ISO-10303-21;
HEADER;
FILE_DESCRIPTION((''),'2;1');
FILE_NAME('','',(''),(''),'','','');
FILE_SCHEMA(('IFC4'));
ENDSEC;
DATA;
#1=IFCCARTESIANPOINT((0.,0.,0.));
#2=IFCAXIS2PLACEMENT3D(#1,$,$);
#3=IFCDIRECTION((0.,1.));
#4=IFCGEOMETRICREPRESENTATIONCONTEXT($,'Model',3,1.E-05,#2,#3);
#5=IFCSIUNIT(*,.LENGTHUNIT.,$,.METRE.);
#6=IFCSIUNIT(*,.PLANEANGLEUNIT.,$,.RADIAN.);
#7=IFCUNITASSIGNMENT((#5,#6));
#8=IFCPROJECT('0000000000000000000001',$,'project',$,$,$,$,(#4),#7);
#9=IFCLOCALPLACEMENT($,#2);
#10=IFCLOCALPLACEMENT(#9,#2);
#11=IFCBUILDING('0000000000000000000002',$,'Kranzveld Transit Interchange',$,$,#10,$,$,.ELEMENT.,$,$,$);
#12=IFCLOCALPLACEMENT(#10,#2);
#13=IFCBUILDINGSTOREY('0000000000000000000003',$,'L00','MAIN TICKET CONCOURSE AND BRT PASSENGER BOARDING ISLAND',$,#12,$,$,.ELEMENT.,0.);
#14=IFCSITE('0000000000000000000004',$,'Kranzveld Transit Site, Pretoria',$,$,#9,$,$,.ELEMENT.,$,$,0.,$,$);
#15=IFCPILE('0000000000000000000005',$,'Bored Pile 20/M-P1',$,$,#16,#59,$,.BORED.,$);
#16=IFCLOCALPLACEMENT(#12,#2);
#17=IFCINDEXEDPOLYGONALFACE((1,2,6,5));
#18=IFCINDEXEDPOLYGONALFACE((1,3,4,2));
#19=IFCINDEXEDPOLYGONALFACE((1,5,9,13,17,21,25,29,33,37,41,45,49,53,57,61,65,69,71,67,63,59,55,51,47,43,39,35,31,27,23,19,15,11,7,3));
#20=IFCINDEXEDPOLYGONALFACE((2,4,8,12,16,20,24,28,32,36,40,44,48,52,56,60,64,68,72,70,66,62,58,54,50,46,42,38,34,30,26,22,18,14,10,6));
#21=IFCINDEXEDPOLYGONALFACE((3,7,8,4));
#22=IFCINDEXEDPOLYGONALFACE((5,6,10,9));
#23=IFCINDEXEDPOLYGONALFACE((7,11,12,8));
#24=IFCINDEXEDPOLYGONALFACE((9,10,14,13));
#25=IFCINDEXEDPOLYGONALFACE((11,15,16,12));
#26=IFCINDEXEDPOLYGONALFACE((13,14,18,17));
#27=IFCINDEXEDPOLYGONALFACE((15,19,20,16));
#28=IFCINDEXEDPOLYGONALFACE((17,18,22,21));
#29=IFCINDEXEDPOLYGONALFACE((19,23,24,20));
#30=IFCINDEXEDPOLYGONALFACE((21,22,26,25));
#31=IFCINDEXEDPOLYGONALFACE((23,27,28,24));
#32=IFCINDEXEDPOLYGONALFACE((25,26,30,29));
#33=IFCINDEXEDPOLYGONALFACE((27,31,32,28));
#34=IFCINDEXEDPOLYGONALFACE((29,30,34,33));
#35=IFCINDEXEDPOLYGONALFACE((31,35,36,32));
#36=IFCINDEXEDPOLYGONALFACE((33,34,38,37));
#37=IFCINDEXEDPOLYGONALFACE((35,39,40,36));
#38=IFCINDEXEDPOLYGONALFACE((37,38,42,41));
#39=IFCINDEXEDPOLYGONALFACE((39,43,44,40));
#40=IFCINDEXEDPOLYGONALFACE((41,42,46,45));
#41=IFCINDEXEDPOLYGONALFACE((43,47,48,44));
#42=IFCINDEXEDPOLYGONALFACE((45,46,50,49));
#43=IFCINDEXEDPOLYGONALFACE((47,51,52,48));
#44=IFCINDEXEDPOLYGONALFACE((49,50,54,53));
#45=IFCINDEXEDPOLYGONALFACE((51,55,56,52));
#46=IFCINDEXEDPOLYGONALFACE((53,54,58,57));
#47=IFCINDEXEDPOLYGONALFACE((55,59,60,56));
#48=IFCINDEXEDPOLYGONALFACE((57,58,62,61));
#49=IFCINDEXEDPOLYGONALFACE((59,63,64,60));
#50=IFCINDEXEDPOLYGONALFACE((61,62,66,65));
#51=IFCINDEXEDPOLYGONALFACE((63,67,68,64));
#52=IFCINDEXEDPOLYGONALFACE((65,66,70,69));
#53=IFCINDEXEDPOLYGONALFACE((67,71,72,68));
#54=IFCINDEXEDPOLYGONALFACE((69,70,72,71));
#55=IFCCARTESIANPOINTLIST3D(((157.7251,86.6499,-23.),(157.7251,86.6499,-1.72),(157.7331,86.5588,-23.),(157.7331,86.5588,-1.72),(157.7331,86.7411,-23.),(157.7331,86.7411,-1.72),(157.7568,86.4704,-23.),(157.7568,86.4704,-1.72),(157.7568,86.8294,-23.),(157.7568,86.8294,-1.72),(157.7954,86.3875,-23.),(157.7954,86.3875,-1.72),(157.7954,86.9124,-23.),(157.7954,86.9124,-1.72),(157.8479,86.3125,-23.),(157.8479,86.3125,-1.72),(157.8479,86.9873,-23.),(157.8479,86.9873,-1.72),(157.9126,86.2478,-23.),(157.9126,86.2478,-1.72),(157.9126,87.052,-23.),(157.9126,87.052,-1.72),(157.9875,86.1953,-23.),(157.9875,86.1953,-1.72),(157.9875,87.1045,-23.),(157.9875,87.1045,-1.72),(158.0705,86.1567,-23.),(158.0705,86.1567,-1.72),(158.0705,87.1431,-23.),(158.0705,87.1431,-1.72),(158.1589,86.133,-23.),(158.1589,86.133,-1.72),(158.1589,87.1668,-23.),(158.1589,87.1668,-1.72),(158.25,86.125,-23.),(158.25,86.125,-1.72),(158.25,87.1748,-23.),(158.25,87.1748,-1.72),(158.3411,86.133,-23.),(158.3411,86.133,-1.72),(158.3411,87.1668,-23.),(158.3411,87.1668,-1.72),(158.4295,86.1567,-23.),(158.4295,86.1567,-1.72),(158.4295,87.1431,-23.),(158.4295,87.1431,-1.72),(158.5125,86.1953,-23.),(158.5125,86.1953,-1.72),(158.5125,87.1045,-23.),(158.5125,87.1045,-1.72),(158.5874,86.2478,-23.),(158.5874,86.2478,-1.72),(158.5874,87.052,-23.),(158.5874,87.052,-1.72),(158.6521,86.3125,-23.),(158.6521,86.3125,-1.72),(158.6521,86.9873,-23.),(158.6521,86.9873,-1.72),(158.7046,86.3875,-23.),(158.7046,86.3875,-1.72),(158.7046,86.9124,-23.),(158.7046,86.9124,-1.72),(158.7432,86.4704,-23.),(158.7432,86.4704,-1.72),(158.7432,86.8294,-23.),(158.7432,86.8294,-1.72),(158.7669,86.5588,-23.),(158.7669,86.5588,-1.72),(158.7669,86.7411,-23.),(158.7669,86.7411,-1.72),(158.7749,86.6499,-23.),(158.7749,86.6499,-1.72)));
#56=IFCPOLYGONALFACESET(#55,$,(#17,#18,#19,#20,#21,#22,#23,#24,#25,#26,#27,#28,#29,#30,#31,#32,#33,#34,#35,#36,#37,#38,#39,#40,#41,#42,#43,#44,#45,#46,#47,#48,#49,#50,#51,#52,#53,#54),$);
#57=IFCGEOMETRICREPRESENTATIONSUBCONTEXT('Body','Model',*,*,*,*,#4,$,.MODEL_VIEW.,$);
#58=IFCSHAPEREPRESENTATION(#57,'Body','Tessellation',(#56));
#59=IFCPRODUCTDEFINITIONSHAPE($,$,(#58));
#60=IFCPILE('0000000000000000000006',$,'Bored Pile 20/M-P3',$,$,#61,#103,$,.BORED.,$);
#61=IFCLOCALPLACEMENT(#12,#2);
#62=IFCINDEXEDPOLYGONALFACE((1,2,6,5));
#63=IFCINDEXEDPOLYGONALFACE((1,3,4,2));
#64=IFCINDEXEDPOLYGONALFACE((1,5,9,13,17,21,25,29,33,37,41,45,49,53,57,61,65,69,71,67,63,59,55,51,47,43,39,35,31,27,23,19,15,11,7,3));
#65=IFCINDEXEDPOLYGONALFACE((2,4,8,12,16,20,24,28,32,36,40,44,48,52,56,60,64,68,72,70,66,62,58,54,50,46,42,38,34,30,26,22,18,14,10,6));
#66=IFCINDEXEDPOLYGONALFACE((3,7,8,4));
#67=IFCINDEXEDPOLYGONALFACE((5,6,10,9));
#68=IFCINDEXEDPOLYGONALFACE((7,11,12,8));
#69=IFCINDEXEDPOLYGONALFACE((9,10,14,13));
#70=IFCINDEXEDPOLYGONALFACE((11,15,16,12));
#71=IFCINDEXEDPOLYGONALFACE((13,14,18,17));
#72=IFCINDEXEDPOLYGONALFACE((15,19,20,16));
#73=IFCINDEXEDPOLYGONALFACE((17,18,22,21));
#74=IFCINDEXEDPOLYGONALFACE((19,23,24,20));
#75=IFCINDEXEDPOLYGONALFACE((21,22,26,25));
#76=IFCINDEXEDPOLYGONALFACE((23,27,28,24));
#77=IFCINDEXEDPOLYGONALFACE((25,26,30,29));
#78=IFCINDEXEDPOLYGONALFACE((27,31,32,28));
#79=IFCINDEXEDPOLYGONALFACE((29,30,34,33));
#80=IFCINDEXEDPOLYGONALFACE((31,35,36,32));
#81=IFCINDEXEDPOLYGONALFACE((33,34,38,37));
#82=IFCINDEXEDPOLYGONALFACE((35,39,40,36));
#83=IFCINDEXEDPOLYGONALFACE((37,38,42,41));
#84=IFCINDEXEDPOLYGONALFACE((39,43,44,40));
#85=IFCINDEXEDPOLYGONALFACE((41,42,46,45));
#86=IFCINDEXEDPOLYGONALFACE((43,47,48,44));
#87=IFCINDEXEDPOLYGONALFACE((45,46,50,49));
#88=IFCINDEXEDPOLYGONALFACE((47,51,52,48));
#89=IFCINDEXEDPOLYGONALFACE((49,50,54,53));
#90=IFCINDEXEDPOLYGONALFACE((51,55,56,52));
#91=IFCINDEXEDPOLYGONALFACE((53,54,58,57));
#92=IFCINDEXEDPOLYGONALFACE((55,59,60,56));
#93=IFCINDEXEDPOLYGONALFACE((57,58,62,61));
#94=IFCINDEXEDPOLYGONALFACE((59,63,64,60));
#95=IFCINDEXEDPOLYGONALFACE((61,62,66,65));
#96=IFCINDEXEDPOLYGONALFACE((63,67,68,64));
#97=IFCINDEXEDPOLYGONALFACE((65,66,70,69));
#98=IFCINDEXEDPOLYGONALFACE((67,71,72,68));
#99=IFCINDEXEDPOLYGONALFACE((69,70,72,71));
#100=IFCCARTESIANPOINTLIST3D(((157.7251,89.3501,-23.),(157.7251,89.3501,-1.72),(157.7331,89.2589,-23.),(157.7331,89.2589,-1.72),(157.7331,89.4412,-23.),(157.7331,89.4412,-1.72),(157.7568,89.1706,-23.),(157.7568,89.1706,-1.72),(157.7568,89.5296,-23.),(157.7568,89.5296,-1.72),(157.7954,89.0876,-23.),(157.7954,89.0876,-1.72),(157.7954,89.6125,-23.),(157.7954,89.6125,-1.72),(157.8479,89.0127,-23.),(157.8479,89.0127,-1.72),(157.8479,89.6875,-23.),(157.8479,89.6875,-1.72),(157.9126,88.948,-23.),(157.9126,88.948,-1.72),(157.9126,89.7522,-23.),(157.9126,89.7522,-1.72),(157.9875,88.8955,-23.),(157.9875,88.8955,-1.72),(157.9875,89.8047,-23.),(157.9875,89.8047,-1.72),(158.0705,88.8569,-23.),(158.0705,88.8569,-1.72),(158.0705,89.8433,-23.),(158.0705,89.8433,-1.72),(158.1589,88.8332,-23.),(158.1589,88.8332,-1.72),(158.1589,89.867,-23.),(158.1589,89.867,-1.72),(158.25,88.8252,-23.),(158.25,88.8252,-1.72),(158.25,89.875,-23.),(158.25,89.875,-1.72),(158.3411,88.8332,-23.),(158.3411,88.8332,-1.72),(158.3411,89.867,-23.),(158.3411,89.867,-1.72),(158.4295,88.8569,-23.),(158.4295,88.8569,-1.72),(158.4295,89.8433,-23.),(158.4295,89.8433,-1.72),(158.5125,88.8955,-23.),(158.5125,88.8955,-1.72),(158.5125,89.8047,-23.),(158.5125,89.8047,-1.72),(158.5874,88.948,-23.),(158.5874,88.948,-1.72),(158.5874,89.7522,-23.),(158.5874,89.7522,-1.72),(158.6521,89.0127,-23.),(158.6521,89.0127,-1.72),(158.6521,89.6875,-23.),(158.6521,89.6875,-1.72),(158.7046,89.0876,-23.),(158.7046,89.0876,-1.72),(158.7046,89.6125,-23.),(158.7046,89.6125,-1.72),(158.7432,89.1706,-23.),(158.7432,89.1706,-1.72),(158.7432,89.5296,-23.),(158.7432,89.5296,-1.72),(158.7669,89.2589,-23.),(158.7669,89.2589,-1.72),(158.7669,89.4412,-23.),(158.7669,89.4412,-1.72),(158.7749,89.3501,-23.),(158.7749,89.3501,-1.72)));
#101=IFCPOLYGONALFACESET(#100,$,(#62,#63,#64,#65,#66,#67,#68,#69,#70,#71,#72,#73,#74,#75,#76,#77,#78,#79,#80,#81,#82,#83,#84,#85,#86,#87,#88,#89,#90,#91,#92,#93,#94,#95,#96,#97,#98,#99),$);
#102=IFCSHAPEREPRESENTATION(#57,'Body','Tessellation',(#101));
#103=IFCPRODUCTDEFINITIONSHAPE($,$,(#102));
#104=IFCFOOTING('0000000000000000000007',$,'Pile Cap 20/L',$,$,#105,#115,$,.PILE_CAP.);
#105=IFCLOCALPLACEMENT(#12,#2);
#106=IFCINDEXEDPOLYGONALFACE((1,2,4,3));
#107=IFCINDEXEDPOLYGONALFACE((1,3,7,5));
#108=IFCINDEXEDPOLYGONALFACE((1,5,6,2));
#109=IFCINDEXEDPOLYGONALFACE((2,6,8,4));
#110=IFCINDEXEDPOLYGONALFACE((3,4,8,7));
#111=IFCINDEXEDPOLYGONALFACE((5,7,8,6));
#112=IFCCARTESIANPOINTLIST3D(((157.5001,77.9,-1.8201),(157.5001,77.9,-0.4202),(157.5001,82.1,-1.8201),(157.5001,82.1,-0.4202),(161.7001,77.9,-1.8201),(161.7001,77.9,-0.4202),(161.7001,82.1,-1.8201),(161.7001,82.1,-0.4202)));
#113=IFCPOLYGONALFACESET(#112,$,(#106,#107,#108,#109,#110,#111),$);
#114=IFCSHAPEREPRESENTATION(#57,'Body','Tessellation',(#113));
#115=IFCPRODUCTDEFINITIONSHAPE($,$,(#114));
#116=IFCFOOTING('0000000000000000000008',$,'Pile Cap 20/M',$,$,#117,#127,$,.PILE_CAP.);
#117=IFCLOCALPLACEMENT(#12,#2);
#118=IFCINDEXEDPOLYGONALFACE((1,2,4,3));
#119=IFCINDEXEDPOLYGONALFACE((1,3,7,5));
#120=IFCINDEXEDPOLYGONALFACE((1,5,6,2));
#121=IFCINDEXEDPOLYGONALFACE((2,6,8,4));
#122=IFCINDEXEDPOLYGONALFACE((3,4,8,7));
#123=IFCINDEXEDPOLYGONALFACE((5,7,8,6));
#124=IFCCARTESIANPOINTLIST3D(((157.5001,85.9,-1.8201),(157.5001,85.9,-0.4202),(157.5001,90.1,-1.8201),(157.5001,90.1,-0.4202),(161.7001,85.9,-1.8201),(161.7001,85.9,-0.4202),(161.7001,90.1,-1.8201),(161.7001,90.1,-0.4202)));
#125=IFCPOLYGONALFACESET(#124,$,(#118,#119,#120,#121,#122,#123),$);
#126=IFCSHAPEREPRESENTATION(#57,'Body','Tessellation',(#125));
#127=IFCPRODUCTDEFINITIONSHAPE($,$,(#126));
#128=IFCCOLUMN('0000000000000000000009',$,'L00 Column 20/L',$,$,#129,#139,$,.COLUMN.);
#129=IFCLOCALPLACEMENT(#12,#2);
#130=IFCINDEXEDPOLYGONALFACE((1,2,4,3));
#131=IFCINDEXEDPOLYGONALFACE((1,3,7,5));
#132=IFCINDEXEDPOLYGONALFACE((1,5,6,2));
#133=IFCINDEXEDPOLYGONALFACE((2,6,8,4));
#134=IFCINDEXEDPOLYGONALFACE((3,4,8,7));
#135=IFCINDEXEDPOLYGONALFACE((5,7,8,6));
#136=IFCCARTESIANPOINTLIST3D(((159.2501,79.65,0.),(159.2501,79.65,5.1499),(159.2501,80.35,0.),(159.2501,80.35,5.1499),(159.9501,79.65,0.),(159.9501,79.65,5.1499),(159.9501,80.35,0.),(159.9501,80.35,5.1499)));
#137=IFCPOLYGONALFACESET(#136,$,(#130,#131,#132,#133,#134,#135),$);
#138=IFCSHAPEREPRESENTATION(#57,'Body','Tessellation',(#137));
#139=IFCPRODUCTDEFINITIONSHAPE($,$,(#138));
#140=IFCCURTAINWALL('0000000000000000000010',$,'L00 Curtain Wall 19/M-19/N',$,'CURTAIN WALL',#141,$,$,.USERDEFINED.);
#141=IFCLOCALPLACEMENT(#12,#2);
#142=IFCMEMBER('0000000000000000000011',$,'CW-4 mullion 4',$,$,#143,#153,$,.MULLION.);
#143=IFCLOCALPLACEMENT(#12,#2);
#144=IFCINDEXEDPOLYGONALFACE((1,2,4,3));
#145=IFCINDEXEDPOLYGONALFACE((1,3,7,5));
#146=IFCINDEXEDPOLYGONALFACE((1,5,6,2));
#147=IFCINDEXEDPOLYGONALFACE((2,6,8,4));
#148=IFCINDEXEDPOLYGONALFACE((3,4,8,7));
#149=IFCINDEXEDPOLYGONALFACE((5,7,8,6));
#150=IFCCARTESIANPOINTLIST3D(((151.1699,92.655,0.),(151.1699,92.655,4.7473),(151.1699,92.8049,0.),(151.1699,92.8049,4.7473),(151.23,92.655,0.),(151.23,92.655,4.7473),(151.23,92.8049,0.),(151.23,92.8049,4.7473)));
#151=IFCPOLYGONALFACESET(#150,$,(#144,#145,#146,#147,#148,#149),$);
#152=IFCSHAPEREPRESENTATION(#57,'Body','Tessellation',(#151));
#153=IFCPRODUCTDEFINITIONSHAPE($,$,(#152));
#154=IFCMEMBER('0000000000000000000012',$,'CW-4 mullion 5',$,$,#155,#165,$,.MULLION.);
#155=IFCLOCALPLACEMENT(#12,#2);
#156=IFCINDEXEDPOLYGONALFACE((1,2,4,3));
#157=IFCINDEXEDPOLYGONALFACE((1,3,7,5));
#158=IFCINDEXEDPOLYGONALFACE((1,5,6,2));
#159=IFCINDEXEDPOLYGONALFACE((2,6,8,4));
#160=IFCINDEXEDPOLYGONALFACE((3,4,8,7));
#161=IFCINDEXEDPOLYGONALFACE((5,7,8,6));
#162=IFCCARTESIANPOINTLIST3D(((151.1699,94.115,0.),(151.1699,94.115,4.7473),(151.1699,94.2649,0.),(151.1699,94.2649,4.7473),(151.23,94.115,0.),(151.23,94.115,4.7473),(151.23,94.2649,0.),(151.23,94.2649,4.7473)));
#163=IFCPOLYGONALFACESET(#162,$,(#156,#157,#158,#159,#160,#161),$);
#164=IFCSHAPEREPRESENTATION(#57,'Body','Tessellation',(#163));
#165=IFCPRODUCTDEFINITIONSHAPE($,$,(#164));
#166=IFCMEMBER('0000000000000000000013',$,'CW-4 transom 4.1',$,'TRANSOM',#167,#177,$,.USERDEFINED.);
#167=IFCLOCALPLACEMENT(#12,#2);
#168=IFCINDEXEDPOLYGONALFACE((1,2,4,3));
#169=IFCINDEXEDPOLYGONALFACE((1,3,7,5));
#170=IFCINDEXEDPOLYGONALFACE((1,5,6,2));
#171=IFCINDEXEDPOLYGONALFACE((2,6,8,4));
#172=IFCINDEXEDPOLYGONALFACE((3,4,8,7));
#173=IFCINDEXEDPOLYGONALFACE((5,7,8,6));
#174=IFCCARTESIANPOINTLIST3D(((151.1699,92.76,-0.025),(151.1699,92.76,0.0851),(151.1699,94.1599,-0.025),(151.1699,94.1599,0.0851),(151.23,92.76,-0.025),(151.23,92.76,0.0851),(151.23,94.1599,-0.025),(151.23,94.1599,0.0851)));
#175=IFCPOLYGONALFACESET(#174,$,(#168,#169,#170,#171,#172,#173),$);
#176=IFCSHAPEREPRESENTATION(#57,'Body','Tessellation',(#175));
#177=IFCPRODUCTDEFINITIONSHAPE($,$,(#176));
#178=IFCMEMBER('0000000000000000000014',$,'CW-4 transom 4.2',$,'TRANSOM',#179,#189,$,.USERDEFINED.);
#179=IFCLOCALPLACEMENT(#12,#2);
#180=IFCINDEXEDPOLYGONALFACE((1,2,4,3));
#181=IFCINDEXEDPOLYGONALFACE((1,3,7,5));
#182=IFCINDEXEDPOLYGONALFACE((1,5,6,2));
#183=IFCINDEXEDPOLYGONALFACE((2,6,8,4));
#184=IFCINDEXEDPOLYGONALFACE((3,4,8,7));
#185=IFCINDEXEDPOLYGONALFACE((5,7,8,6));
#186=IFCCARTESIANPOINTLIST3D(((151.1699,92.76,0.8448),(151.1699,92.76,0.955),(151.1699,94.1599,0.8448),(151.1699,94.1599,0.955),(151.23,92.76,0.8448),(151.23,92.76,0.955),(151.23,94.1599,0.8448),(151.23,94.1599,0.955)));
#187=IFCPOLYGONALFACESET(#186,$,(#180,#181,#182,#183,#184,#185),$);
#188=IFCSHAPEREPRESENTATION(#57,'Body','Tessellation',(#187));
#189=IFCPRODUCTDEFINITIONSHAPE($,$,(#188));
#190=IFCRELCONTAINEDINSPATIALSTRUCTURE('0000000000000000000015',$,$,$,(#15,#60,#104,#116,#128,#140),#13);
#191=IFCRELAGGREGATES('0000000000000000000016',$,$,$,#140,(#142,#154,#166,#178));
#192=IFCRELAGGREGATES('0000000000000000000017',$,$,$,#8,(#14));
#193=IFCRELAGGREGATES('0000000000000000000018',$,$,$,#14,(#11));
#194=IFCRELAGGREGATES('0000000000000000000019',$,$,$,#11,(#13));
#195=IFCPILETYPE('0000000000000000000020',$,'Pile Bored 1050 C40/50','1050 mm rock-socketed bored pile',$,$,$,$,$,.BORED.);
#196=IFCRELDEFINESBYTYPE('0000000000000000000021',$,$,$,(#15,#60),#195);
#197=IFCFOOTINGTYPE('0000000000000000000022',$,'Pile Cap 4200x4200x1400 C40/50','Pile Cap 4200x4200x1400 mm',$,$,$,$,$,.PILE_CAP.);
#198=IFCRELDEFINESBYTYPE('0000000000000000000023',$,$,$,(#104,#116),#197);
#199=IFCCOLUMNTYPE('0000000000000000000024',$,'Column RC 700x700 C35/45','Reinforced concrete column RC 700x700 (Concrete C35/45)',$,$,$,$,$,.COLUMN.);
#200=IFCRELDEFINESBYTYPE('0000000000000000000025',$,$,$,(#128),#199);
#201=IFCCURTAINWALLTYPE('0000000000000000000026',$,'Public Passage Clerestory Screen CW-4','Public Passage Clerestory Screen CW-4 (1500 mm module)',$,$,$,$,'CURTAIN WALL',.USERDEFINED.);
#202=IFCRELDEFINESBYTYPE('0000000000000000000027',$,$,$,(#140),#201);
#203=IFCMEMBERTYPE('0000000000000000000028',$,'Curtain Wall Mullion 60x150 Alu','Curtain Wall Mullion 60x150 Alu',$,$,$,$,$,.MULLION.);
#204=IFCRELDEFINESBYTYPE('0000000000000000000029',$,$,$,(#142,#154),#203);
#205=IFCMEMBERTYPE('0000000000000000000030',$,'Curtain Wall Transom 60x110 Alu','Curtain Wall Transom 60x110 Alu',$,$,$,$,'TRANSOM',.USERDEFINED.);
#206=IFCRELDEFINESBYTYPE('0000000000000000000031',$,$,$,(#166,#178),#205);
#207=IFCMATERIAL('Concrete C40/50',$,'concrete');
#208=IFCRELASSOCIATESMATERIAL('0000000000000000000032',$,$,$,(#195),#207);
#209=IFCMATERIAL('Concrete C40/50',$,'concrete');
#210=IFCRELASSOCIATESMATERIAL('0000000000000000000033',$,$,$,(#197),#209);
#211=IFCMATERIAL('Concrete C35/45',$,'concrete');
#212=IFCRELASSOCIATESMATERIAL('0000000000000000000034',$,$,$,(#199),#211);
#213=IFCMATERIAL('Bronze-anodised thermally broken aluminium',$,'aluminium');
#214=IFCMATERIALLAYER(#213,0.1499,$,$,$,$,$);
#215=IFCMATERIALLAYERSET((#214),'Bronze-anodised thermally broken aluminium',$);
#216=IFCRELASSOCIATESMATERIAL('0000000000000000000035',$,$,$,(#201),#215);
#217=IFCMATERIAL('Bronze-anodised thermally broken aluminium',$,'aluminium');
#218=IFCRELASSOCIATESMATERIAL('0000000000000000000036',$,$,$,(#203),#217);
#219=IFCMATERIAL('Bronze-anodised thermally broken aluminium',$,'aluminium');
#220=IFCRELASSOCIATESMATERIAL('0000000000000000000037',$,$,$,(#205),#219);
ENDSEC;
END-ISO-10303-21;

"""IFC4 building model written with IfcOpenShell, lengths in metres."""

from ifc_helpers import new_model, si_unit, direction, frame, origin, origin_2d, place, context, subcontext, project, spatial, rectangle, circle, extrude, material, layer, layer_set, material_profile, profile_set, type_object, element, aggregate, save


model = new_model("IFC4")

# Units and contexts
model_context = context("Model", 3, precision=1e-05, world=origin(), true_north=direction((0.0, 1.0)))
body_context = subcontext(model_context, "Body", "Model", "MODEL_VIEW")
ifc_project = project(units=[si_unit("LENGTHUNIT", "METRE"), si_unit("PLANEANGLEUNIT", "RADIAN")], contexts=[model_context])

# Site, building, storey
site_placement = place(None, origin())
site = spatial("IfcSite", under=ifc_project, at=site_placement, Name="Kranzveld Transit Site, Pretoria", CompositionType="ELEMENT", RefElevation=0.0)
building_placement = place(site_placement, origin())
building = spatial("IfcBuilding", under=site, at=building_placement, Name="Kranzveld Transit Interchange", CompositionType="ELEMENT")
storey_placement = place(building_placement, origin())
storey = spatial("IfcBuildingStorey", under=building, at=storey_placement, Name="L00", Description="MAIN TICKET CONCOURSE AND BRT PASSENGER BOARDING ISLAND", CompositionType="ELEMENT", Elevation=0.0)

# Piles
ifc_material_1 = material(Name="Concrete C40/50", Category="concrete")
ifc_material_profile_1 = material_profile(ifc_material_1, circle(Radius=0.5249, at=origin_2d()), Name="BORED PILE 1050")
ifc_profile_set_1 = profile_set([ifc_material_profile_1], Name="Concrete C40/50")
pile_type = type_object("IfcPileType", Name="Pile Bored 1050 C40/50", Description="1050 mm rock-socketed bored pile", PredefinedType="BORED", material=ifc_profile_set_1)
for number, where, z_axis, x_axis, name in (
    (1, (158.25, 86.6499, -1.72), (0.0, 0.0, -1.0), (1.0, 0.0, 0.0), "Bored Pile 20/M-P1"),
    (2, (158.25, 89.3501, -1.72), (0.0, 0.0, -1.0), (1.0, 0.0, 0.0), "Bored Pile 20/M-P3"),
):
    element("IfcPile", number, at=place(storey_placement, frame(where, z_axis=z_axis, x_axis=x_axis)), inside=storey, type_object=pile_type, Name=name, PredefinedType="BORED", context=body_context, shape_type="SweptSolid", body=[
        extrude(circle(Radius=0.5249, at=origin_2d()), origin(), (0.0, 0.0, 1.0), 21.28),
    ])

# Footings
ifc_material_2 = material(Name="Concrete C40/50", Category="concrete")
footing_type = type_object("IfcFootingType", Name="Pile Cap 4200x4200x1400 C40/50", Description="Pile Cap 4200x4200x1400 mm", PredefinedType="PILE_CAP", material=ifc_material_2)
for number, where, z_axis, x_axis, name in (
    (3, (159.6001, 80.0, -1.8201), (0.0, 0.0, 1.0), (1.0, 0.0, 0.0), "Pile Cap 20/L"),
    (4, (159.6001, 88.0, -1.8201), (0.0, 0.0, 1.0), (1.0, 0.0, 0.0), "Pile Cap 20/M"),
):
    element("IfcFooting", number, at=place(storey_placement, frame(where, z_axis=z_axis, x_axis=x_axis)), inside=storey, type_object=footing_type, Name=name, PredefinedType="PILE_CAP", context=body_context, shape_type="SweptSolid", body=[
        extrude(rectangle(XDim=4.2, YDim=4.2, at=origin_2d()), origin(), (0.0, 0.0, 1.0), 1.3999),
    ])

# Column
ifc_material_3 = material(Name="Concrete C35/45", Category="concrete")
ifc_material_profile_2 = material_profile(ifc_material_3, rectangle(XDim=0.7, YDim=0.7, at=origin_2d()), Name="RC 700x700")
ifc_profile_set_2 = profile_set([ifc_material_profile_2], Name="Concrete C35/45")
column_type = type_object("IfcColumnType", Name="Column RC 700x700 C35/45", Description="Reinforced concrete column RC 700x700 (Concrete C35/45)", PredefinedType="COLUMN", material=ifc_profile_set_2)
column_placement = place(storey_placement, frame((159.6001, 80.0, 0.0), z_axis=(0.0, 0.0, 1.0), x_axis=(1.0, 0.0, 0.0)))
element("IfcColumn", 5, at=column_placement, inside=storey, type_object=column_type, Name="L00 Column 20/L", PredefinedType="COLUMN", context=body_context, shape_type="SweptSolid", body=[
    extrude(rectangle(XDim=0.7, YDim=0.7, at=origin_2d()), origin(), (0.0, 0.0, 1.0), 5.1499),
])

# Curtain wall, members
ifc_material_4 = material(Name="Bronze-anodised thermally broken aluminium", Category="aluminium")
ifc_layer_1 = layer(ifc_material_4, 0.1499)
ifc_layer_set_1 = layer_set([ifc_layer_1], Name="Bronze-anodised thermally broken aluminium")
curtain_wall_type = type_object("IfcCurtainWallType", Name="Public Passage Clerestory Screen CW-4", Description="Public Passage Clerestory Screen CW-4 (1500 mm module)", ElementType="CURTAIN WALL", PredefinedType="USERDEFINED", material=ifc_layer_set_1)
curtain_wall_placement = place(storey_placement, origin())
curtain_wall = element("IfcCurtainWall", 6, at=curtain_wall_placement, inside=storey, type_object=curtain_wall_type, Name="L00 Curtain Wall 19/M-19/N", ObjectType="CURTAIN WALL", PredefinedType="USERDEFINED")
ifc_material_5 = material(Name="Bronze-anodised thermally broken aluminium", Category="aluminium")
ifc_material_profile_3 = material_profile(ifc_material_5, rectangle(XDim=0.0601, YDim=0.1499, at=origin_2d()), Name="ALU MULLION 60x150")
ifc_profile_set_3 = profile_set([ifc_material_profile_3], Name="Bronze-anodised thermally broken aluminium")
member_type_1 = type_object("IfcMemberType", Name="Curtain Wall Mullion 60x150 Alu", Description="Curtain Wall Mullion 60x150 Alu", PredefinedType="MULLION", material=ifc_profile_set_3)
member_1_placement = place(storey_placement, frame((151.2, 92.73, 0.0), z_axis=(0.0, 0.0, 1.0), x_axis=(-1.0, 0.0, 0.0)))
member_1 = element("IfcMember", 7, at=member_1_placement, type_object=member_type_1, Name="CW-4 mullion 4", PredefinedType="MULLION", context=body_context, shape_type="SweptSolid", body=[
    extrude(rectangle(XDim=0.0601, YDim=0.1499, at=origin_2d()), origin(), (0.0, 0.0, 1.0), 4.7473),
])
member_2_placement = place(storey_placement, frame((151.2, 94.1899, 0.0), z_axis=(0.0, 0.0, 1.0), x_axis=(-1.0, 0.0, 0.0)))
member_2 = element("IfcMember", 8, at=member_2_placement, type_object=member_type_1, Name="CW-4 mullion 5", PredefinedType="MULLION", context=body_context, shape_type="SweptSolid", body=[
    extrude(rectangle(XDim=0.0601, YDim=0.1499, at=origin_2d()), origin(), (0.0, 0.0, 1.0), 4.7473),
])
ifc_material_6 = material(Name="Bronze-anodised thermally broken aluminium", Category="aluminium")
ifc_material_profile_4 = material_profile(ifc_material_6, rectangle(XDim=0.0601, YDim=0.1101, at=origin_2d()), Name="ALU TRANSOM 60x110")
ifc_profile_set_4 = profile_set([ifc_material_profile_4], Name="Bronze-anodised thermally broken aluminium")
member_type_2 = type_object("IfcMemberType", Name="Curtain Wall Transom 60x110 Alu", Description="Curtain Wall Transom 60x110 Alu", ElementType="TRANSOM", PredefinedType="USERDEFINED", material=ifc_profile_set_4)
member_3_placement = place(storey_placement, frame((151.2, 92.76, 0.03), z_axis=(0.0, 1.0, 0.0), x_axis=(-1.0, 0.0, 0.0)))
member_3 = element("IfcMember", 9, at=member_3_placement, type_object=member_type_2, Name="CW-4 transom 4.1", ObjectType="TRANSOM", PredefinedType="USERDEFINED", context=body_context, shape_type="SweptSolid", body=[
    extrude(rectangle(XDim=0.0601, YDim=0.1101, at=origin_2d()), origin(), (0.0, 0.0, 1.0), 1.3999),
])
member_4_placement = place(storey_placement, frame((151.2, 92.76, 0.8999), z_axis=(0.0, 1.0, 0.0), x_axis=(-1.0, 0.0, 0.0)))
member_4 = element("IfcMember", 10, at=member_4_placement, type_object=member_type_2, Name="CW-4 transom 4.2", ObjectType="TRANSOM", PredefinedType="USERDEFINED", context=body_context, shape_type="SweptSolid", body=[
    extrude(rectangle(XDim=0.0601, YDim=0.1101, at=origin_2d()), origin(), (0.0, 0.0, 1.0), 1.3999),
])

aggregate(curtain_wall, [member_1, member_2, member_3, member_4])

save(model, "model.ifc")
